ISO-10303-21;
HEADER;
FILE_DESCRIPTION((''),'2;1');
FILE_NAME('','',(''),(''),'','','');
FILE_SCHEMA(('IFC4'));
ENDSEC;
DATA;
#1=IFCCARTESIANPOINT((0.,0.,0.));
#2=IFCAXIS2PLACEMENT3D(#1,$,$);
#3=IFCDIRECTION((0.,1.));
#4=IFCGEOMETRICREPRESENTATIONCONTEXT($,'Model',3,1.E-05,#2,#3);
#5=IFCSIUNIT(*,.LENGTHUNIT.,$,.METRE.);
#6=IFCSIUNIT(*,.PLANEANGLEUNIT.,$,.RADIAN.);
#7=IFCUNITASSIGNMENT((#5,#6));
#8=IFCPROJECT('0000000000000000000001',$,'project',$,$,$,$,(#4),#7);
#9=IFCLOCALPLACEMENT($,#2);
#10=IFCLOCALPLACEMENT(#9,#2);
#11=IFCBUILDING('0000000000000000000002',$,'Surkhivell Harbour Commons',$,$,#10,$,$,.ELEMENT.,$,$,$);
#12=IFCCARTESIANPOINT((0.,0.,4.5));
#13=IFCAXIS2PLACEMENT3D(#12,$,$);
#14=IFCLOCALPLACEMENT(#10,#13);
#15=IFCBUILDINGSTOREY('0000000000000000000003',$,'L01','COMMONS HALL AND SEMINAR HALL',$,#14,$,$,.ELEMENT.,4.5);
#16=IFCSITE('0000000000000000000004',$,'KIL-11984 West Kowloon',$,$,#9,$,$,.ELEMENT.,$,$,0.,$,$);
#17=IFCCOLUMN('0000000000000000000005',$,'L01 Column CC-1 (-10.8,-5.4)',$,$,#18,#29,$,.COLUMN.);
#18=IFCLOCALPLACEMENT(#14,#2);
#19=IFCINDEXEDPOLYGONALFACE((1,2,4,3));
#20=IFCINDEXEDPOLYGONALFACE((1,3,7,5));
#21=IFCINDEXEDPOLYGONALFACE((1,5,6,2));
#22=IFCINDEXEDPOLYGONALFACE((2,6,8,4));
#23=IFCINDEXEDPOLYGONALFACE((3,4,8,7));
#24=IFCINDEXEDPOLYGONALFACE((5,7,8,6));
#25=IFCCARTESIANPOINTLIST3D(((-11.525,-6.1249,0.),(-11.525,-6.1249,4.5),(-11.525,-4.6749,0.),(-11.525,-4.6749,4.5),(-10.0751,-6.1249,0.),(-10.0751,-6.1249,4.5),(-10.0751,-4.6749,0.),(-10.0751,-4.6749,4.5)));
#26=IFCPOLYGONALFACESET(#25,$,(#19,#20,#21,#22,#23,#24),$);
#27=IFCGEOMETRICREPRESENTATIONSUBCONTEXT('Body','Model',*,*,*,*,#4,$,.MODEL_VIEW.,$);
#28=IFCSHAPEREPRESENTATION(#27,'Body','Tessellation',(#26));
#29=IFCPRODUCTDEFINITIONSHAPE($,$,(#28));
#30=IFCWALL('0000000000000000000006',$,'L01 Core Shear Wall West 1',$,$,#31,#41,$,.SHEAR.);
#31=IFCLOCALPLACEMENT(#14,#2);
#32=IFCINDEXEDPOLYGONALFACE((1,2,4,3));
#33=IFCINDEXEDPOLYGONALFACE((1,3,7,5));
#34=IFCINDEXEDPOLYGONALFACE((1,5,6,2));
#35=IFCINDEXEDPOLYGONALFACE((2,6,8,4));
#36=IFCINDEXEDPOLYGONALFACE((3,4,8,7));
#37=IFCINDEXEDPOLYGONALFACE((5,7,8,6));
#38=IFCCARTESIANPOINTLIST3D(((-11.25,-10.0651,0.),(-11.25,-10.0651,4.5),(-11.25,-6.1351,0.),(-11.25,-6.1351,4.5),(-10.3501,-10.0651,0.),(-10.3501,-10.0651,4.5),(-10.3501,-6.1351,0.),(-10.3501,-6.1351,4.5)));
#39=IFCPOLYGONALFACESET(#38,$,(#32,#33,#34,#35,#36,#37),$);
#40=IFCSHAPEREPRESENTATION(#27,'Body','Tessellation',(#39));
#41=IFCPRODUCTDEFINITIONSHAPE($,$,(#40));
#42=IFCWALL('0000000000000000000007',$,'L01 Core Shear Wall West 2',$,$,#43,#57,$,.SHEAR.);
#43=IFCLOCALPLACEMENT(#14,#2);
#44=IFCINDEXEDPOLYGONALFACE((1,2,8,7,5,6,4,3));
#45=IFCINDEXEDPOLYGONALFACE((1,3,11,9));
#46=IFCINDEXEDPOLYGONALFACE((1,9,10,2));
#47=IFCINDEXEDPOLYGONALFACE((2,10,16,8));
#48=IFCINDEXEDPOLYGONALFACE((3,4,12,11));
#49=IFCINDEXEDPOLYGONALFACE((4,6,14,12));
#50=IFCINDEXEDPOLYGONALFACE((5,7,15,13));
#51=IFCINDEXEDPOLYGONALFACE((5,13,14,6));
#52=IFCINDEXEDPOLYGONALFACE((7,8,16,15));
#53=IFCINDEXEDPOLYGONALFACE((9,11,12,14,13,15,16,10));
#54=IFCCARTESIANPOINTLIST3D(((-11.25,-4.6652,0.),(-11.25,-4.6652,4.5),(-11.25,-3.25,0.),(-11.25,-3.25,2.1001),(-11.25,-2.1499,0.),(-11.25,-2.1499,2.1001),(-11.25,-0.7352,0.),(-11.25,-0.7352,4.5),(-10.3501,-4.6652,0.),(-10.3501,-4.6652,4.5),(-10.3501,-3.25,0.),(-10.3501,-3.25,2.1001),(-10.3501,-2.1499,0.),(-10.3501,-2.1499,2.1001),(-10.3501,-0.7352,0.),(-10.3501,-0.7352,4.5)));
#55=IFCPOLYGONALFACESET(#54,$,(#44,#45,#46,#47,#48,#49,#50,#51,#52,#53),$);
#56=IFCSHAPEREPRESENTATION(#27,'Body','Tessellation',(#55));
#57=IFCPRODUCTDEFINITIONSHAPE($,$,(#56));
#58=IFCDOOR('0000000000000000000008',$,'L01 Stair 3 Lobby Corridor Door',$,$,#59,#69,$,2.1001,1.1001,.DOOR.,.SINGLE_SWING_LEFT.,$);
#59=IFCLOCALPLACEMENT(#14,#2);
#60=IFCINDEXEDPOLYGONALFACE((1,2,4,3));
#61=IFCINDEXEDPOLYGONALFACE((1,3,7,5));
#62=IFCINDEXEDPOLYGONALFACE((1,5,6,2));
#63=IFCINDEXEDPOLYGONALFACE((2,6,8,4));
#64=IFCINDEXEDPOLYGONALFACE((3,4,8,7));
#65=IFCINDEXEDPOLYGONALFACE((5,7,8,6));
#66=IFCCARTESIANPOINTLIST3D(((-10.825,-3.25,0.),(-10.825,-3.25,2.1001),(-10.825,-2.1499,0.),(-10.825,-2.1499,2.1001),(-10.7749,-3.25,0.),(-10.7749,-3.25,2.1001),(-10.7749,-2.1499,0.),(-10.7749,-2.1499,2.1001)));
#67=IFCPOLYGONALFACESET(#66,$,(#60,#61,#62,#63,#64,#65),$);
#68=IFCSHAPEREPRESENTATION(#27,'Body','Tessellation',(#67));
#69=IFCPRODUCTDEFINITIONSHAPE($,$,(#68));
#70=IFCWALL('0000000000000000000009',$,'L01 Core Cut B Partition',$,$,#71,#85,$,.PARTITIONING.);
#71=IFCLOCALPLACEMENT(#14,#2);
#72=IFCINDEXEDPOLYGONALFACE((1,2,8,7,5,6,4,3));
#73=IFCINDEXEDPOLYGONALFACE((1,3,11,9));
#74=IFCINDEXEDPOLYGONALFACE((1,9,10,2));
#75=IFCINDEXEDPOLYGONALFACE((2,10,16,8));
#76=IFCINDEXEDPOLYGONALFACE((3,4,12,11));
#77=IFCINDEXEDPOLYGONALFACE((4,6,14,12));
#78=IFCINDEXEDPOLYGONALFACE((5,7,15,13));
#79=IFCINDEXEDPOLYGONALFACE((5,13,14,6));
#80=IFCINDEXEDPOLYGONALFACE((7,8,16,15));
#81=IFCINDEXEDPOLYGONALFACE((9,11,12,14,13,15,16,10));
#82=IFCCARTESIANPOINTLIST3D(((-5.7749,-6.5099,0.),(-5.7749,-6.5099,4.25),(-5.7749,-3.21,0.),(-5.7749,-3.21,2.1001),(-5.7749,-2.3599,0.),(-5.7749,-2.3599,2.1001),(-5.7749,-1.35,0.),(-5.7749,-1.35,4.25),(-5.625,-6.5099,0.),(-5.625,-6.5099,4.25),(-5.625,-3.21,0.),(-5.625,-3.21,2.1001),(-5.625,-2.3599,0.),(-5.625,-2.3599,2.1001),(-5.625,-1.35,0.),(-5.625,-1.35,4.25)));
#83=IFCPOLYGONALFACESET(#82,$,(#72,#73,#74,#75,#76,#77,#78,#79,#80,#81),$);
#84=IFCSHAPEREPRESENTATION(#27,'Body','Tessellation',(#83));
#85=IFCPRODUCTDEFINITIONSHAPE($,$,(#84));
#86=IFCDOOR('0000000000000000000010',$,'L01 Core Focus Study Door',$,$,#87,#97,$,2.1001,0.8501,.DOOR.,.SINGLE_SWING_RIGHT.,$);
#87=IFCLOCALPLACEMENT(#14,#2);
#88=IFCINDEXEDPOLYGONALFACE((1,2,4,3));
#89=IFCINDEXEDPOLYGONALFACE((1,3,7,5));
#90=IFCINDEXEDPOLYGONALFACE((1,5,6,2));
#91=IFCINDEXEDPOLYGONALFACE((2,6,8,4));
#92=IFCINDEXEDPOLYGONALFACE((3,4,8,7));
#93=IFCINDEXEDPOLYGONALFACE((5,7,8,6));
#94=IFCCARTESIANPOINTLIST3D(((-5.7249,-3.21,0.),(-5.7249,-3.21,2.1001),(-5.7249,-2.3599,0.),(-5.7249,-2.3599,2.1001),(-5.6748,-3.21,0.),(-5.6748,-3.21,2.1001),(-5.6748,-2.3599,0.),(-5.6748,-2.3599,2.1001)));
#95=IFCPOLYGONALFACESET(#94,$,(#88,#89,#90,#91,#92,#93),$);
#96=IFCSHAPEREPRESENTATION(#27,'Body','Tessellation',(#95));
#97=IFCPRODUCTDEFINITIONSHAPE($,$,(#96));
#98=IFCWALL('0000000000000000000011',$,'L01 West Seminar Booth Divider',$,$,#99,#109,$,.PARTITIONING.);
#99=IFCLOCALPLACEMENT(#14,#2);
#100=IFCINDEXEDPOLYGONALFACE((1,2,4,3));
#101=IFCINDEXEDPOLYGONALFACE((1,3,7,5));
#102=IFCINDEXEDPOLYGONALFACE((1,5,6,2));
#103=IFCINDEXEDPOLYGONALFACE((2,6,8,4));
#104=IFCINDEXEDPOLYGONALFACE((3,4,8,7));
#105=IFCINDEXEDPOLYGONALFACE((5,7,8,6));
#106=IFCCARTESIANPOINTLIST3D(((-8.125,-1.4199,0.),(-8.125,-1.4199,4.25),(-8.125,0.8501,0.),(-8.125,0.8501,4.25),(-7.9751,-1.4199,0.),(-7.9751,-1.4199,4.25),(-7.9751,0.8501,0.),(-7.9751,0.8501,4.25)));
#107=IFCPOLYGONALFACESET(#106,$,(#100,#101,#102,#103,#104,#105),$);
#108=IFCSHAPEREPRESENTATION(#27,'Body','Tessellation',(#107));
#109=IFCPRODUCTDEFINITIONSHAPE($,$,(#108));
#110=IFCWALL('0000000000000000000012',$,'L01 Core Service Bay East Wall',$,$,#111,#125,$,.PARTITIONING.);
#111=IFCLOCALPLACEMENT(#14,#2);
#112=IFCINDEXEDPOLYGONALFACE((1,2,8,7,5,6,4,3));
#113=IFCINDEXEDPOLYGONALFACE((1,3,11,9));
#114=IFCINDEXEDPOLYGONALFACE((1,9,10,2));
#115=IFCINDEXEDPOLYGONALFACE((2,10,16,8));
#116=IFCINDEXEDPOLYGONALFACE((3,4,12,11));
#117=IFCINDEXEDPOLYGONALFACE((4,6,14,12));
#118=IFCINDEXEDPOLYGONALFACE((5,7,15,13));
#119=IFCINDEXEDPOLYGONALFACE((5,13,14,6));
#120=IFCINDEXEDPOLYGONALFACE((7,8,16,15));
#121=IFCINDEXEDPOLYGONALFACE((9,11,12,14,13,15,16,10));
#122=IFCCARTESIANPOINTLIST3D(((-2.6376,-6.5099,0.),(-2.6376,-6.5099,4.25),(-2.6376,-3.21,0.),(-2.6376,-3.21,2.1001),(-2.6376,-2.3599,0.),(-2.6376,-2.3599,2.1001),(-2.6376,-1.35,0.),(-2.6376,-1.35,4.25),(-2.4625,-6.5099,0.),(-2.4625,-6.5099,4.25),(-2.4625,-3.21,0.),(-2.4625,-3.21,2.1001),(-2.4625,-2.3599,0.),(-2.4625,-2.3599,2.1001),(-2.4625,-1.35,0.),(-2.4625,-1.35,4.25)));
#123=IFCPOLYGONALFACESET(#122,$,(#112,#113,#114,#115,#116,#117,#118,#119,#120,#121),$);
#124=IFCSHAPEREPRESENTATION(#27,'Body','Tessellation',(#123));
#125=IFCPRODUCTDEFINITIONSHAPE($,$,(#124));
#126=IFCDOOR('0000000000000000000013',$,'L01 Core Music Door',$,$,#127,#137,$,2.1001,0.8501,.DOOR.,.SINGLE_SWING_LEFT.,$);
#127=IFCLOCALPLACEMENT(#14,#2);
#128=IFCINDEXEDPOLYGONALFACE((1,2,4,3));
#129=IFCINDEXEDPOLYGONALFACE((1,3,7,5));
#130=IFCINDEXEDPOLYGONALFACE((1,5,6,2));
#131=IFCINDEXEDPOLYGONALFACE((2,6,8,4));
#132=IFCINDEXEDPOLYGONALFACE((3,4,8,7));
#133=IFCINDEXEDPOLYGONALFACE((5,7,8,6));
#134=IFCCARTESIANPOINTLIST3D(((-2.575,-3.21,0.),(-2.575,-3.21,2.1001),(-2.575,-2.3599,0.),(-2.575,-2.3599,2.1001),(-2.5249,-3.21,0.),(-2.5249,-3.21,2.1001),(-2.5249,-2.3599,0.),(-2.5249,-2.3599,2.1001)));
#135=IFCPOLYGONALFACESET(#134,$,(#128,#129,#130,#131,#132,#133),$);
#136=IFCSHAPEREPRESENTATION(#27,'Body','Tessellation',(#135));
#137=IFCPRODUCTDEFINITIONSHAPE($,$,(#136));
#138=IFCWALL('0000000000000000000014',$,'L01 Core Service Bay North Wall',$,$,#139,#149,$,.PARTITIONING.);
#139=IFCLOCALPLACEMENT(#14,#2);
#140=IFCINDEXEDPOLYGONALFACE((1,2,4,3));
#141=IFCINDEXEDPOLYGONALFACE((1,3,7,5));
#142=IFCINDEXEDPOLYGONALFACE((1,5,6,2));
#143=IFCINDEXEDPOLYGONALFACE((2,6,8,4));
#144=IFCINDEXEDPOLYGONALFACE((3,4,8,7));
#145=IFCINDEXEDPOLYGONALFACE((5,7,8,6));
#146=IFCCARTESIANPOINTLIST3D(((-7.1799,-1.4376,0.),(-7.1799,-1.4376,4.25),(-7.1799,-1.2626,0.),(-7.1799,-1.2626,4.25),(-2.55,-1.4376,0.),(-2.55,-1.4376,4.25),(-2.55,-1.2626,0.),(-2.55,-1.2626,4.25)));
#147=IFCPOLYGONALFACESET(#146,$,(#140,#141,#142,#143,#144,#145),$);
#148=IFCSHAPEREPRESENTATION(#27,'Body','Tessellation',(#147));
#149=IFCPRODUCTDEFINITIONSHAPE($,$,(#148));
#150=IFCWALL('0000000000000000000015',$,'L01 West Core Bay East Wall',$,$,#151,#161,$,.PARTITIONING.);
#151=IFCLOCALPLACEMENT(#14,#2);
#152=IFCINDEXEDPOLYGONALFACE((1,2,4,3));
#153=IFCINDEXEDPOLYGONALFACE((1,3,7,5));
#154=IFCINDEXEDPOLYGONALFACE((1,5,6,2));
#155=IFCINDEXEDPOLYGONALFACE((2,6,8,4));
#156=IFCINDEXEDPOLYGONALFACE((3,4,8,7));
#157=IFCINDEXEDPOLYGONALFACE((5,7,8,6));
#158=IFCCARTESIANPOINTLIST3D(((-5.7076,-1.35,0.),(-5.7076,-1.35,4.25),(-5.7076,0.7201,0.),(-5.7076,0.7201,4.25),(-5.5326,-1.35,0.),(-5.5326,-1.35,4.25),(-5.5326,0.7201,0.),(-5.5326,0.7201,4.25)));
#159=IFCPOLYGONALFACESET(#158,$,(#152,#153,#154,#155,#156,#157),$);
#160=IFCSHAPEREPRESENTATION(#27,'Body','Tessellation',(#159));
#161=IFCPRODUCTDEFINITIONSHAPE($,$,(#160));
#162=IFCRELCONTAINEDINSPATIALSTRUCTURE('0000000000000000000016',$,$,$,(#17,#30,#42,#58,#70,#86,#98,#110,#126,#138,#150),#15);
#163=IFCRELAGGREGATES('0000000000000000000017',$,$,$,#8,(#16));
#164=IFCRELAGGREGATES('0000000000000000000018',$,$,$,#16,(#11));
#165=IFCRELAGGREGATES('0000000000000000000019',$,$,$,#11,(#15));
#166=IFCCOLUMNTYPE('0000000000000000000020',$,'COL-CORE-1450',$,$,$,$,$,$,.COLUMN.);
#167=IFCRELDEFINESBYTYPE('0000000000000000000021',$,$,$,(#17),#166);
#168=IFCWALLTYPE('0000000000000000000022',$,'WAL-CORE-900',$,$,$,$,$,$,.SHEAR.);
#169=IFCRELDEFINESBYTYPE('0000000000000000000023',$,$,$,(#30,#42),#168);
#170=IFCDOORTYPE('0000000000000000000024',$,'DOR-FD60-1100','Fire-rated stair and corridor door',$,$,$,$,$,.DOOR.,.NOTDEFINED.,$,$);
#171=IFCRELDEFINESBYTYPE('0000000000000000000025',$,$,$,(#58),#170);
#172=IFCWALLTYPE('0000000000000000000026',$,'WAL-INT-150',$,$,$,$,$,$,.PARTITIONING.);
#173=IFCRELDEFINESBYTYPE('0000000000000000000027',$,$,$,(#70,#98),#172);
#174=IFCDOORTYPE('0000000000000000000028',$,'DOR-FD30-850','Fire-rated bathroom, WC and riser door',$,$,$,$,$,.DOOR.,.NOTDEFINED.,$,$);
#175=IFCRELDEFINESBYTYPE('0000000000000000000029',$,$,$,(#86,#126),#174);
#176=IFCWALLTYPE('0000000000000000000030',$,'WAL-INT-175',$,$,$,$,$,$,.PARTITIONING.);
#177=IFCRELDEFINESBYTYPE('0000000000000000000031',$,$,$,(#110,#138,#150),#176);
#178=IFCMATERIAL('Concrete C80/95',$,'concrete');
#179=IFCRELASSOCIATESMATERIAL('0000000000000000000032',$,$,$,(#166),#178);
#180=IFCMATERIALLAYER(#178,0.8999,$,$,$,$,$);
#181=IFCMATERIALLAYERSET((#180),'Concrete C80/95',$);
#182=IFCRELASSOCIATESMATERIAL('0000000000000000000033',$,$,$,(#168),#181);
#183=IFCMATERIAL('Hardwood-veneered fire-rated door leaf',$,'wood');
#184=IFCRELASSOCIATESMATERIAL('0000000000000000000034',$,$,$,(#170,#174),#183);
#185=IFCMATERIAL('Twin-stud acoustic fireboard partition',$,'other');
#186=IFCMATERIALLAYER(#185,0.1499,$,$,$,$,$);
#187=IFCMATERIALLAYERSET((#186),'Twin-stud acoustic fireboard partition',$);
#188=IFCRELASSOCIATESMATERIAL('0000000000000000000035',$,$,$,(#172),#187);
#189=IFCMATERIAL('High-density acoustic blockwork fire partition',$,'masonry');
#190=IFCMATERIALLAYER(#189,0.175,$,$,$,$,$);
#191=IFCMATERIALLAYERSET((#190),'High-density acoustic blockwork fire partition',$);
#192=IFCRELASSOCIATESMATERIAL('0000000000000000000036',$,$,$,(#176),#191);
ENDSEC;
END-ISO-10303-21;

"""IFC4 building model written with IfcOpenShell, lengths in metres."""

from ifc_helpers import new_model, si_unit, direction, frame, frame_2d, origin, origin_2d, place, context, subcontext, project, spatial, rectangle, extrude, material, layer, layer_set, material_profile, profile_set, type_object, element, fill, save


model = new_model("IFC4")

# Units and contexts
model_context = context("Model", 3, precision=1e-05, world=origin(), true_north=direction((0.0, 1.0)))
body_context = subcontext(model_context, "Body", "Model", "MODEL_VIEW")
ifc_project = project(units=[si_unit("LENGTHUNIT", "METRE"), si_unit("PLANEANGLEUNIT", "RADIAN")], contexts=[model_context])

# Site, building, storey
site_placement = place(None, origin())
site = spatial("IfcSite", under=ifc_project, at=site_placement, Name="KIL-11984 West Kowloon", CompositionType="ELEMENT", RefElevation=0.0)
building_placement = place(site_placement, origin())
building = spatial("IfcBuilding", under=site, at=building_placement, Name="Surkhivell Harbour Commons", CompositionType="ELEMENT")
storey_placement = place(building_placement, frame((0.0, 0.0, 4.5)))
storey = spatial("IfcBuildingStorey", under=building, at=storey_placement, Name="L01", Description="COMMONS HALL AND SEMINAR HALL", CompositionType="ELEMENT", Elevation=4.5)

# Column
ifc_material_1 = material(Name="Concrete C80/95", Category="concrete")
ifc_material_profile = material_profile(ifc_material_1, rectangle(XDim=1.45, YDim=1.45, at=origin_2d()), Name="RC-COL-1450x1450")
ifc_profile_set = profile_set([ifc_material_profile], Name="Concrete C80/95")
column_type = type_object("IfcColumnType", Name="COL-CORE-1450", PredefinedType="COLUMN", material=ifc_profile_set)
column_placement = place(storey_placement, frame((-10.8, -5.3999, 0.0), z_axis=(0.0, 0.0, 1.0), x_axis=(1.0, 0.0, 0.0)))
element("IfcColumn", 1, at=column_placement, inside=storey, type_object=column_type, Name="L01 Column CC-1 (-10.8,-5.4)", PredefinedType="COLUMN", context=body_context, shape_type="SweptSolid", body=[
    extrude(rectangle(XDim=1.45, YDim=1.45, at=origin_2d()), origin(), (0.0, 0.0, 1.0), 4.5),
])

# Wall
ifc_layer_1 = layer(ifc_material_1, 0.8999)
ifc_layer_set_1 = layer_set([ifc_layer_1], Name="Concrete C80/95")
wall_type_1 = type_object("IfcWallType", Name="WAL-CORE-900", PredefinedType="SHEAR", material=ifc_layer_set_1)
wall_1_placement = place(storey_placement, frame((-10.8, -10.0649, 0.0), z_axis=(0.0, 0.0, 1.0), x_axis=(0.0, 1.0, 0.0)))
element("IfcWall", 2, at=wall_1_placement, inside=storey, type_object=wall_type_1, Name="L01 Core Shear Wall West 1", PredefinedType="SHEAR", context=body_context, shape_type="SweptSolid", body=[
    extrude(rectangle(XDim=3.9299, YDim=0.8999, at=frame_2d((1.9648, 0.0))), origin(), (0.0, 0.0, 1.0), 4.5),
])

# Walls, openings, doors
wall_2_placement = place(storey_placement, frame((-10.8, -4.665, 0.0), z_axis=(0.0, 0.0, 1.0), x_axis=(0.0, 1.0, 0.0)))
wall_2 = element("IfcWall", 3, at=wall_2_placement, inside=storey, type_object=wall_type_1, Name="L01 Core Shear Wall West 2", PredefinedType="SHEAR", context=body_context, shape_type="SweptSolid", body=[
    extrude(rectangle(XDim=3.9299, YDim=0.8999, at=frame_2d((1.9648, 0.0))), origin(), (0.0, 0.0, 1.0), 4.5),
])
opening_1_placement = place(wall_2_placement, frame((1.415, 0.0, 0.0)))
opening_1 = element("IfcOpeningElement", 4, at=opening_1_placement, cuts=wall_2, PredefinedType="OPENING", context=body_context, shape_type="SweptSolid", body=[
    extrude(rectangle(XDim=1.1001, YDim=2.1001, at=frame_2d((0.55, 1.05))), frame((0.0, 0.46, 0.0), z_axis=(0.0, -1.0, 0.0), x_axis=(1.0, 0.0, 0.0)), (0.0, 0.0, 1.0), 0.9199),
])
ifc_material_2 = material(Name="Hardwood-veneered fire-rated door leaf", Category="wood")
door_type_1 = type_object("IfcDoorType", Name="DOR-FD60-1100", Description="Fire-rated stair and corridor door", OperationType="NOTDEFINED", PredefinedType="DOOR", material=ifc_material_2)
door_1_placement = place(opening_1_placement, origin())
door_1 = element("IfcDoor", 5, at=door_1_placement, inside=storey, type_object=door_type_1, Name="L01 Stair 3 Lobby Corridor Door", OperationType="SINGLE_SWING_LEFT", OverallHeight=2.1001, OverallWidth=1.1001, PredefinedType="DOOR", context=body_context, shape_type="SweptSolid", body=[
    extrude(rectangle(XDim=1.1001, YDim=2.1001, at=frame_2d((0.55, 1.05))), frame((0.0, 0.0249, 0.0), z_axis=(0.0, -1.0, 0.0), x_axis=(1.0, 0.0, 0.0)), (0.0, 0.0, 1.0), 0.05),
])
fill(opening_1, door_1)
ifc_material_3 = material(Name="Twin-stud acoustic fireboard partition", Category="other")
ifc_layer_2 = layer(ifc_material_3, 0.1499)
ifc_layer_set_2 = layer_set([ifc_layer_2], Name="Twin-stud acoustic fireboard partition")
wall_type_2 = type_object("IfcWallType", Name="WAL-INT-150", PredefinedType="PARTITIONING", material=ifc_layer_set_2)
wall_3_placement = place(storey_placement, frame((-5.7, -6.51, 0.0), z_axis=(0.0, 0.0, 1.0), x_axis=(0.0, 1.0, 0.0)))
wall_3 = element("IfcWall", 6, at=wall_3_placement, inside=storey, type_object=wall_type_2, Name="L01 Core Cut B Partition", PredefinedType="PARTITIONING", context=body_context, shape_type="SweptSolid", body=[
    extrude(rectangle(XDim=5.1599, YDim=0.1499, at=frame_2d((2.5801, 0.0))), origin(), (0.0, 0.0, 1.0), 4.25),
])
opening_2_placement = place(wall_3_placement, frame((3.3, 0.0, 0.0)))
opening_2 = element("IfcOpeningElement", 7, at=opening_2_placement, cuts=wall_3, PredefinedType="OPENING", context=body_context, shape_type="SweptSolid", body=[
    extrude(rectangle(XDim=0.8501, YDim=2.1001, at=frame_2d((0.425, 1.05))), frame((0.0, 0.085, 0.0), z_axis=(0.0, -1.0, 0.0), x_axis=(1.0, 0.0, 0.0)), (0.0, 0.0, 1.0), 0.1699),
])
door_type_2 = type_object("IfcDoorType", Name="DOR-FD30-850", Description="Fire-rated bathroom, WC and riser door", OperationType="NOTDEFINED", PredefinedType="DOOR", material=ifc_material_2)
door_2_placement = place(opening_2_placement, origin())
door_2 = element("IfcDoor", 8, at=door_2_placement, inside=storey, type_object=door_type_2, Name="L01 Core Focus Study Door", OperationType="SINGLE_SWING_RIGHT", OverallHeight=2.1001, OverallWidth=0.8501, PredefinedType="DOOR", context=body_context, shape_type="SweptSolid", body=[
    extrude(rectangle(XDim=0.8501, YDim=2.1001, at=frame_2d((0.425, 1.05))), frame((0.0, 0.0249, 0.0), z_axis=(0.0, -1.0, 0.0), x_axis=(1.0, 0.0, 0.0)), (0.0, 0.0, 1.0), 0.05),
])
fill(opening_2, door_2)

# Wall
wall_4_placement = place(storey_placement, frame((-8.05, -1.4199, 0.0), z_axis=(0.0, 0.0, 1.0), x_axis=(0.0, 1.0, 0.0)))
element("IfcWall", 9, at=wall_4_placement, inside=storey, type_object=wall_type_2, Name="L01 West Seminar Booth Divider", PredefinedType="PARTITIONING", context=body_context, shape_type="SweptSolid", body=[
    extrude(rectangle(XDim=2.27, YDim=0.1499, at=frame_2d((1.135, 0.0))), origin(), (0.0, 0.0, 1.0), 4.25),
])

# Wall, opening, door
ifc_material_4 = material(Name="High-density acoustic blockwork fire partition", Category="masonry")
ifc_layer_3 = layer(ifc_material_4, 0.175)
ifc_layer_set_3 = layer_set([ifc_layer_3], Name="High-density acoustic blockwork fire partition")
wall_type_3 = type_object("IfcWallType", Name="WAL-INT-175", PredefinedType="PARTITIONING", material=ifc_layer_set_3)
wall_5_placement = place(storey_placement, frame((-2.55, -6.51, 0.0), z_axis=(0.0, 0.0, 1.0), x_axis=(0.0, 1.0, 0.0)))
wall_5 = element("IfcWall", 10, at=wall_5_placement, inside=storey, type_object=wall_type_3, Name="L01 Core Service Bay East Wall", PredefinedType="PARTITIONING", context=body_context, shape_type="SweptSolid", body=[
    extrude(rectangle(XDim=5.1599, YDim=0.175, at=frame_2d((2.5801, 0.0))), origin(), (0.0, 0.0, 1.0), 4.25),
])
opening_3_placement = place(wall_5_placement, frame((3.3, 0.0, 0.0)))
opening_3 = element("IfcOpeningElement", 11, at=opening_3_placement, cuts=wall_5, PredefinedType="OPENING", context=body_context, shape_type="SweptSolid", body=[
    extrude(rectangle(XDim=0.8501, YDim=2.1001, at=frame_2d((0.425, 1.05))), frame((0.0, 0.0974, 0.0), z_axis=(0.0, -1.0, 0.0), x_axis=(1.0, 0.0, 0.0)), (0.0, 0.0, 1.0), 0.1951),
])
door_3_placement = place(opening_3_placement, origin())
door_3 = element("IfcDoor", 12, at=door_3_placement, inside=storey, type_object=door_type_2, Name="L01 Core Music Door", OperationType="SINGLE_SWING_LEFT", OverallHeight=2.1001, OverallWidth=0.8501, PredefinedType="DOOR", context=body_context, shape_type="SweptSolid", body=[
    extrude(rectangle(XDim=0.8501, YDim=2.1001, at=frame_2d((0.425, 1.05))), frame((0.0, 0.0249, 0.0), z_axis=(0.0, -1.0, 0.0), x_axis=(1.0, 0.0, 0.0)), (0.0, 0.0, 1.0), 0.05),
])
fill(opening_3, door_3)

# Walls
wall_6_placement = place(storey_placement, frame((-7.1799, -1.3501, 0.0), z_axis=(0.0, 0.0, 1.0), x_axis=(1.0, 0.0, 0.0)))
element("IfcWall", 13, at=wall_6_placement, inside=storey, type_object=wall_type_3, Name="L01 Core Service Bay North Wall", PredefinedType="PARTITIONING", context=body_context, shape_type="SweptSolid", body=[
    extrude(rectangle(XDim=4.6299, YDim=0.175, at=frame_2d((2.3149, 0.0))), origin(), (0.0, 0.0, 1.0), 4.25),
])
wall_7_placement = place(storey_placement, frame((-5.6201, -1.3501, 0.0), z_axis=(0.0, 0.0, 1.0), x_axis=(0.0, 1.0, 0.0)))
element("IfcWall", 14, at=wall_7_placement, inside=storey, type_object=wall_type_3, Name="L01 West Core Bay East Wall", PredefinedType="PARTITIONING", context=body_context, shape_type="SweptSolid", body=[
    extrude(rectangle(XDim=2.0701, YDim=0.175, at=frame_2d((1.0352, 0.0))), origin(), (0.0, 0.0, 1.0), 4.25),
])

save(model, "model.ifc")
